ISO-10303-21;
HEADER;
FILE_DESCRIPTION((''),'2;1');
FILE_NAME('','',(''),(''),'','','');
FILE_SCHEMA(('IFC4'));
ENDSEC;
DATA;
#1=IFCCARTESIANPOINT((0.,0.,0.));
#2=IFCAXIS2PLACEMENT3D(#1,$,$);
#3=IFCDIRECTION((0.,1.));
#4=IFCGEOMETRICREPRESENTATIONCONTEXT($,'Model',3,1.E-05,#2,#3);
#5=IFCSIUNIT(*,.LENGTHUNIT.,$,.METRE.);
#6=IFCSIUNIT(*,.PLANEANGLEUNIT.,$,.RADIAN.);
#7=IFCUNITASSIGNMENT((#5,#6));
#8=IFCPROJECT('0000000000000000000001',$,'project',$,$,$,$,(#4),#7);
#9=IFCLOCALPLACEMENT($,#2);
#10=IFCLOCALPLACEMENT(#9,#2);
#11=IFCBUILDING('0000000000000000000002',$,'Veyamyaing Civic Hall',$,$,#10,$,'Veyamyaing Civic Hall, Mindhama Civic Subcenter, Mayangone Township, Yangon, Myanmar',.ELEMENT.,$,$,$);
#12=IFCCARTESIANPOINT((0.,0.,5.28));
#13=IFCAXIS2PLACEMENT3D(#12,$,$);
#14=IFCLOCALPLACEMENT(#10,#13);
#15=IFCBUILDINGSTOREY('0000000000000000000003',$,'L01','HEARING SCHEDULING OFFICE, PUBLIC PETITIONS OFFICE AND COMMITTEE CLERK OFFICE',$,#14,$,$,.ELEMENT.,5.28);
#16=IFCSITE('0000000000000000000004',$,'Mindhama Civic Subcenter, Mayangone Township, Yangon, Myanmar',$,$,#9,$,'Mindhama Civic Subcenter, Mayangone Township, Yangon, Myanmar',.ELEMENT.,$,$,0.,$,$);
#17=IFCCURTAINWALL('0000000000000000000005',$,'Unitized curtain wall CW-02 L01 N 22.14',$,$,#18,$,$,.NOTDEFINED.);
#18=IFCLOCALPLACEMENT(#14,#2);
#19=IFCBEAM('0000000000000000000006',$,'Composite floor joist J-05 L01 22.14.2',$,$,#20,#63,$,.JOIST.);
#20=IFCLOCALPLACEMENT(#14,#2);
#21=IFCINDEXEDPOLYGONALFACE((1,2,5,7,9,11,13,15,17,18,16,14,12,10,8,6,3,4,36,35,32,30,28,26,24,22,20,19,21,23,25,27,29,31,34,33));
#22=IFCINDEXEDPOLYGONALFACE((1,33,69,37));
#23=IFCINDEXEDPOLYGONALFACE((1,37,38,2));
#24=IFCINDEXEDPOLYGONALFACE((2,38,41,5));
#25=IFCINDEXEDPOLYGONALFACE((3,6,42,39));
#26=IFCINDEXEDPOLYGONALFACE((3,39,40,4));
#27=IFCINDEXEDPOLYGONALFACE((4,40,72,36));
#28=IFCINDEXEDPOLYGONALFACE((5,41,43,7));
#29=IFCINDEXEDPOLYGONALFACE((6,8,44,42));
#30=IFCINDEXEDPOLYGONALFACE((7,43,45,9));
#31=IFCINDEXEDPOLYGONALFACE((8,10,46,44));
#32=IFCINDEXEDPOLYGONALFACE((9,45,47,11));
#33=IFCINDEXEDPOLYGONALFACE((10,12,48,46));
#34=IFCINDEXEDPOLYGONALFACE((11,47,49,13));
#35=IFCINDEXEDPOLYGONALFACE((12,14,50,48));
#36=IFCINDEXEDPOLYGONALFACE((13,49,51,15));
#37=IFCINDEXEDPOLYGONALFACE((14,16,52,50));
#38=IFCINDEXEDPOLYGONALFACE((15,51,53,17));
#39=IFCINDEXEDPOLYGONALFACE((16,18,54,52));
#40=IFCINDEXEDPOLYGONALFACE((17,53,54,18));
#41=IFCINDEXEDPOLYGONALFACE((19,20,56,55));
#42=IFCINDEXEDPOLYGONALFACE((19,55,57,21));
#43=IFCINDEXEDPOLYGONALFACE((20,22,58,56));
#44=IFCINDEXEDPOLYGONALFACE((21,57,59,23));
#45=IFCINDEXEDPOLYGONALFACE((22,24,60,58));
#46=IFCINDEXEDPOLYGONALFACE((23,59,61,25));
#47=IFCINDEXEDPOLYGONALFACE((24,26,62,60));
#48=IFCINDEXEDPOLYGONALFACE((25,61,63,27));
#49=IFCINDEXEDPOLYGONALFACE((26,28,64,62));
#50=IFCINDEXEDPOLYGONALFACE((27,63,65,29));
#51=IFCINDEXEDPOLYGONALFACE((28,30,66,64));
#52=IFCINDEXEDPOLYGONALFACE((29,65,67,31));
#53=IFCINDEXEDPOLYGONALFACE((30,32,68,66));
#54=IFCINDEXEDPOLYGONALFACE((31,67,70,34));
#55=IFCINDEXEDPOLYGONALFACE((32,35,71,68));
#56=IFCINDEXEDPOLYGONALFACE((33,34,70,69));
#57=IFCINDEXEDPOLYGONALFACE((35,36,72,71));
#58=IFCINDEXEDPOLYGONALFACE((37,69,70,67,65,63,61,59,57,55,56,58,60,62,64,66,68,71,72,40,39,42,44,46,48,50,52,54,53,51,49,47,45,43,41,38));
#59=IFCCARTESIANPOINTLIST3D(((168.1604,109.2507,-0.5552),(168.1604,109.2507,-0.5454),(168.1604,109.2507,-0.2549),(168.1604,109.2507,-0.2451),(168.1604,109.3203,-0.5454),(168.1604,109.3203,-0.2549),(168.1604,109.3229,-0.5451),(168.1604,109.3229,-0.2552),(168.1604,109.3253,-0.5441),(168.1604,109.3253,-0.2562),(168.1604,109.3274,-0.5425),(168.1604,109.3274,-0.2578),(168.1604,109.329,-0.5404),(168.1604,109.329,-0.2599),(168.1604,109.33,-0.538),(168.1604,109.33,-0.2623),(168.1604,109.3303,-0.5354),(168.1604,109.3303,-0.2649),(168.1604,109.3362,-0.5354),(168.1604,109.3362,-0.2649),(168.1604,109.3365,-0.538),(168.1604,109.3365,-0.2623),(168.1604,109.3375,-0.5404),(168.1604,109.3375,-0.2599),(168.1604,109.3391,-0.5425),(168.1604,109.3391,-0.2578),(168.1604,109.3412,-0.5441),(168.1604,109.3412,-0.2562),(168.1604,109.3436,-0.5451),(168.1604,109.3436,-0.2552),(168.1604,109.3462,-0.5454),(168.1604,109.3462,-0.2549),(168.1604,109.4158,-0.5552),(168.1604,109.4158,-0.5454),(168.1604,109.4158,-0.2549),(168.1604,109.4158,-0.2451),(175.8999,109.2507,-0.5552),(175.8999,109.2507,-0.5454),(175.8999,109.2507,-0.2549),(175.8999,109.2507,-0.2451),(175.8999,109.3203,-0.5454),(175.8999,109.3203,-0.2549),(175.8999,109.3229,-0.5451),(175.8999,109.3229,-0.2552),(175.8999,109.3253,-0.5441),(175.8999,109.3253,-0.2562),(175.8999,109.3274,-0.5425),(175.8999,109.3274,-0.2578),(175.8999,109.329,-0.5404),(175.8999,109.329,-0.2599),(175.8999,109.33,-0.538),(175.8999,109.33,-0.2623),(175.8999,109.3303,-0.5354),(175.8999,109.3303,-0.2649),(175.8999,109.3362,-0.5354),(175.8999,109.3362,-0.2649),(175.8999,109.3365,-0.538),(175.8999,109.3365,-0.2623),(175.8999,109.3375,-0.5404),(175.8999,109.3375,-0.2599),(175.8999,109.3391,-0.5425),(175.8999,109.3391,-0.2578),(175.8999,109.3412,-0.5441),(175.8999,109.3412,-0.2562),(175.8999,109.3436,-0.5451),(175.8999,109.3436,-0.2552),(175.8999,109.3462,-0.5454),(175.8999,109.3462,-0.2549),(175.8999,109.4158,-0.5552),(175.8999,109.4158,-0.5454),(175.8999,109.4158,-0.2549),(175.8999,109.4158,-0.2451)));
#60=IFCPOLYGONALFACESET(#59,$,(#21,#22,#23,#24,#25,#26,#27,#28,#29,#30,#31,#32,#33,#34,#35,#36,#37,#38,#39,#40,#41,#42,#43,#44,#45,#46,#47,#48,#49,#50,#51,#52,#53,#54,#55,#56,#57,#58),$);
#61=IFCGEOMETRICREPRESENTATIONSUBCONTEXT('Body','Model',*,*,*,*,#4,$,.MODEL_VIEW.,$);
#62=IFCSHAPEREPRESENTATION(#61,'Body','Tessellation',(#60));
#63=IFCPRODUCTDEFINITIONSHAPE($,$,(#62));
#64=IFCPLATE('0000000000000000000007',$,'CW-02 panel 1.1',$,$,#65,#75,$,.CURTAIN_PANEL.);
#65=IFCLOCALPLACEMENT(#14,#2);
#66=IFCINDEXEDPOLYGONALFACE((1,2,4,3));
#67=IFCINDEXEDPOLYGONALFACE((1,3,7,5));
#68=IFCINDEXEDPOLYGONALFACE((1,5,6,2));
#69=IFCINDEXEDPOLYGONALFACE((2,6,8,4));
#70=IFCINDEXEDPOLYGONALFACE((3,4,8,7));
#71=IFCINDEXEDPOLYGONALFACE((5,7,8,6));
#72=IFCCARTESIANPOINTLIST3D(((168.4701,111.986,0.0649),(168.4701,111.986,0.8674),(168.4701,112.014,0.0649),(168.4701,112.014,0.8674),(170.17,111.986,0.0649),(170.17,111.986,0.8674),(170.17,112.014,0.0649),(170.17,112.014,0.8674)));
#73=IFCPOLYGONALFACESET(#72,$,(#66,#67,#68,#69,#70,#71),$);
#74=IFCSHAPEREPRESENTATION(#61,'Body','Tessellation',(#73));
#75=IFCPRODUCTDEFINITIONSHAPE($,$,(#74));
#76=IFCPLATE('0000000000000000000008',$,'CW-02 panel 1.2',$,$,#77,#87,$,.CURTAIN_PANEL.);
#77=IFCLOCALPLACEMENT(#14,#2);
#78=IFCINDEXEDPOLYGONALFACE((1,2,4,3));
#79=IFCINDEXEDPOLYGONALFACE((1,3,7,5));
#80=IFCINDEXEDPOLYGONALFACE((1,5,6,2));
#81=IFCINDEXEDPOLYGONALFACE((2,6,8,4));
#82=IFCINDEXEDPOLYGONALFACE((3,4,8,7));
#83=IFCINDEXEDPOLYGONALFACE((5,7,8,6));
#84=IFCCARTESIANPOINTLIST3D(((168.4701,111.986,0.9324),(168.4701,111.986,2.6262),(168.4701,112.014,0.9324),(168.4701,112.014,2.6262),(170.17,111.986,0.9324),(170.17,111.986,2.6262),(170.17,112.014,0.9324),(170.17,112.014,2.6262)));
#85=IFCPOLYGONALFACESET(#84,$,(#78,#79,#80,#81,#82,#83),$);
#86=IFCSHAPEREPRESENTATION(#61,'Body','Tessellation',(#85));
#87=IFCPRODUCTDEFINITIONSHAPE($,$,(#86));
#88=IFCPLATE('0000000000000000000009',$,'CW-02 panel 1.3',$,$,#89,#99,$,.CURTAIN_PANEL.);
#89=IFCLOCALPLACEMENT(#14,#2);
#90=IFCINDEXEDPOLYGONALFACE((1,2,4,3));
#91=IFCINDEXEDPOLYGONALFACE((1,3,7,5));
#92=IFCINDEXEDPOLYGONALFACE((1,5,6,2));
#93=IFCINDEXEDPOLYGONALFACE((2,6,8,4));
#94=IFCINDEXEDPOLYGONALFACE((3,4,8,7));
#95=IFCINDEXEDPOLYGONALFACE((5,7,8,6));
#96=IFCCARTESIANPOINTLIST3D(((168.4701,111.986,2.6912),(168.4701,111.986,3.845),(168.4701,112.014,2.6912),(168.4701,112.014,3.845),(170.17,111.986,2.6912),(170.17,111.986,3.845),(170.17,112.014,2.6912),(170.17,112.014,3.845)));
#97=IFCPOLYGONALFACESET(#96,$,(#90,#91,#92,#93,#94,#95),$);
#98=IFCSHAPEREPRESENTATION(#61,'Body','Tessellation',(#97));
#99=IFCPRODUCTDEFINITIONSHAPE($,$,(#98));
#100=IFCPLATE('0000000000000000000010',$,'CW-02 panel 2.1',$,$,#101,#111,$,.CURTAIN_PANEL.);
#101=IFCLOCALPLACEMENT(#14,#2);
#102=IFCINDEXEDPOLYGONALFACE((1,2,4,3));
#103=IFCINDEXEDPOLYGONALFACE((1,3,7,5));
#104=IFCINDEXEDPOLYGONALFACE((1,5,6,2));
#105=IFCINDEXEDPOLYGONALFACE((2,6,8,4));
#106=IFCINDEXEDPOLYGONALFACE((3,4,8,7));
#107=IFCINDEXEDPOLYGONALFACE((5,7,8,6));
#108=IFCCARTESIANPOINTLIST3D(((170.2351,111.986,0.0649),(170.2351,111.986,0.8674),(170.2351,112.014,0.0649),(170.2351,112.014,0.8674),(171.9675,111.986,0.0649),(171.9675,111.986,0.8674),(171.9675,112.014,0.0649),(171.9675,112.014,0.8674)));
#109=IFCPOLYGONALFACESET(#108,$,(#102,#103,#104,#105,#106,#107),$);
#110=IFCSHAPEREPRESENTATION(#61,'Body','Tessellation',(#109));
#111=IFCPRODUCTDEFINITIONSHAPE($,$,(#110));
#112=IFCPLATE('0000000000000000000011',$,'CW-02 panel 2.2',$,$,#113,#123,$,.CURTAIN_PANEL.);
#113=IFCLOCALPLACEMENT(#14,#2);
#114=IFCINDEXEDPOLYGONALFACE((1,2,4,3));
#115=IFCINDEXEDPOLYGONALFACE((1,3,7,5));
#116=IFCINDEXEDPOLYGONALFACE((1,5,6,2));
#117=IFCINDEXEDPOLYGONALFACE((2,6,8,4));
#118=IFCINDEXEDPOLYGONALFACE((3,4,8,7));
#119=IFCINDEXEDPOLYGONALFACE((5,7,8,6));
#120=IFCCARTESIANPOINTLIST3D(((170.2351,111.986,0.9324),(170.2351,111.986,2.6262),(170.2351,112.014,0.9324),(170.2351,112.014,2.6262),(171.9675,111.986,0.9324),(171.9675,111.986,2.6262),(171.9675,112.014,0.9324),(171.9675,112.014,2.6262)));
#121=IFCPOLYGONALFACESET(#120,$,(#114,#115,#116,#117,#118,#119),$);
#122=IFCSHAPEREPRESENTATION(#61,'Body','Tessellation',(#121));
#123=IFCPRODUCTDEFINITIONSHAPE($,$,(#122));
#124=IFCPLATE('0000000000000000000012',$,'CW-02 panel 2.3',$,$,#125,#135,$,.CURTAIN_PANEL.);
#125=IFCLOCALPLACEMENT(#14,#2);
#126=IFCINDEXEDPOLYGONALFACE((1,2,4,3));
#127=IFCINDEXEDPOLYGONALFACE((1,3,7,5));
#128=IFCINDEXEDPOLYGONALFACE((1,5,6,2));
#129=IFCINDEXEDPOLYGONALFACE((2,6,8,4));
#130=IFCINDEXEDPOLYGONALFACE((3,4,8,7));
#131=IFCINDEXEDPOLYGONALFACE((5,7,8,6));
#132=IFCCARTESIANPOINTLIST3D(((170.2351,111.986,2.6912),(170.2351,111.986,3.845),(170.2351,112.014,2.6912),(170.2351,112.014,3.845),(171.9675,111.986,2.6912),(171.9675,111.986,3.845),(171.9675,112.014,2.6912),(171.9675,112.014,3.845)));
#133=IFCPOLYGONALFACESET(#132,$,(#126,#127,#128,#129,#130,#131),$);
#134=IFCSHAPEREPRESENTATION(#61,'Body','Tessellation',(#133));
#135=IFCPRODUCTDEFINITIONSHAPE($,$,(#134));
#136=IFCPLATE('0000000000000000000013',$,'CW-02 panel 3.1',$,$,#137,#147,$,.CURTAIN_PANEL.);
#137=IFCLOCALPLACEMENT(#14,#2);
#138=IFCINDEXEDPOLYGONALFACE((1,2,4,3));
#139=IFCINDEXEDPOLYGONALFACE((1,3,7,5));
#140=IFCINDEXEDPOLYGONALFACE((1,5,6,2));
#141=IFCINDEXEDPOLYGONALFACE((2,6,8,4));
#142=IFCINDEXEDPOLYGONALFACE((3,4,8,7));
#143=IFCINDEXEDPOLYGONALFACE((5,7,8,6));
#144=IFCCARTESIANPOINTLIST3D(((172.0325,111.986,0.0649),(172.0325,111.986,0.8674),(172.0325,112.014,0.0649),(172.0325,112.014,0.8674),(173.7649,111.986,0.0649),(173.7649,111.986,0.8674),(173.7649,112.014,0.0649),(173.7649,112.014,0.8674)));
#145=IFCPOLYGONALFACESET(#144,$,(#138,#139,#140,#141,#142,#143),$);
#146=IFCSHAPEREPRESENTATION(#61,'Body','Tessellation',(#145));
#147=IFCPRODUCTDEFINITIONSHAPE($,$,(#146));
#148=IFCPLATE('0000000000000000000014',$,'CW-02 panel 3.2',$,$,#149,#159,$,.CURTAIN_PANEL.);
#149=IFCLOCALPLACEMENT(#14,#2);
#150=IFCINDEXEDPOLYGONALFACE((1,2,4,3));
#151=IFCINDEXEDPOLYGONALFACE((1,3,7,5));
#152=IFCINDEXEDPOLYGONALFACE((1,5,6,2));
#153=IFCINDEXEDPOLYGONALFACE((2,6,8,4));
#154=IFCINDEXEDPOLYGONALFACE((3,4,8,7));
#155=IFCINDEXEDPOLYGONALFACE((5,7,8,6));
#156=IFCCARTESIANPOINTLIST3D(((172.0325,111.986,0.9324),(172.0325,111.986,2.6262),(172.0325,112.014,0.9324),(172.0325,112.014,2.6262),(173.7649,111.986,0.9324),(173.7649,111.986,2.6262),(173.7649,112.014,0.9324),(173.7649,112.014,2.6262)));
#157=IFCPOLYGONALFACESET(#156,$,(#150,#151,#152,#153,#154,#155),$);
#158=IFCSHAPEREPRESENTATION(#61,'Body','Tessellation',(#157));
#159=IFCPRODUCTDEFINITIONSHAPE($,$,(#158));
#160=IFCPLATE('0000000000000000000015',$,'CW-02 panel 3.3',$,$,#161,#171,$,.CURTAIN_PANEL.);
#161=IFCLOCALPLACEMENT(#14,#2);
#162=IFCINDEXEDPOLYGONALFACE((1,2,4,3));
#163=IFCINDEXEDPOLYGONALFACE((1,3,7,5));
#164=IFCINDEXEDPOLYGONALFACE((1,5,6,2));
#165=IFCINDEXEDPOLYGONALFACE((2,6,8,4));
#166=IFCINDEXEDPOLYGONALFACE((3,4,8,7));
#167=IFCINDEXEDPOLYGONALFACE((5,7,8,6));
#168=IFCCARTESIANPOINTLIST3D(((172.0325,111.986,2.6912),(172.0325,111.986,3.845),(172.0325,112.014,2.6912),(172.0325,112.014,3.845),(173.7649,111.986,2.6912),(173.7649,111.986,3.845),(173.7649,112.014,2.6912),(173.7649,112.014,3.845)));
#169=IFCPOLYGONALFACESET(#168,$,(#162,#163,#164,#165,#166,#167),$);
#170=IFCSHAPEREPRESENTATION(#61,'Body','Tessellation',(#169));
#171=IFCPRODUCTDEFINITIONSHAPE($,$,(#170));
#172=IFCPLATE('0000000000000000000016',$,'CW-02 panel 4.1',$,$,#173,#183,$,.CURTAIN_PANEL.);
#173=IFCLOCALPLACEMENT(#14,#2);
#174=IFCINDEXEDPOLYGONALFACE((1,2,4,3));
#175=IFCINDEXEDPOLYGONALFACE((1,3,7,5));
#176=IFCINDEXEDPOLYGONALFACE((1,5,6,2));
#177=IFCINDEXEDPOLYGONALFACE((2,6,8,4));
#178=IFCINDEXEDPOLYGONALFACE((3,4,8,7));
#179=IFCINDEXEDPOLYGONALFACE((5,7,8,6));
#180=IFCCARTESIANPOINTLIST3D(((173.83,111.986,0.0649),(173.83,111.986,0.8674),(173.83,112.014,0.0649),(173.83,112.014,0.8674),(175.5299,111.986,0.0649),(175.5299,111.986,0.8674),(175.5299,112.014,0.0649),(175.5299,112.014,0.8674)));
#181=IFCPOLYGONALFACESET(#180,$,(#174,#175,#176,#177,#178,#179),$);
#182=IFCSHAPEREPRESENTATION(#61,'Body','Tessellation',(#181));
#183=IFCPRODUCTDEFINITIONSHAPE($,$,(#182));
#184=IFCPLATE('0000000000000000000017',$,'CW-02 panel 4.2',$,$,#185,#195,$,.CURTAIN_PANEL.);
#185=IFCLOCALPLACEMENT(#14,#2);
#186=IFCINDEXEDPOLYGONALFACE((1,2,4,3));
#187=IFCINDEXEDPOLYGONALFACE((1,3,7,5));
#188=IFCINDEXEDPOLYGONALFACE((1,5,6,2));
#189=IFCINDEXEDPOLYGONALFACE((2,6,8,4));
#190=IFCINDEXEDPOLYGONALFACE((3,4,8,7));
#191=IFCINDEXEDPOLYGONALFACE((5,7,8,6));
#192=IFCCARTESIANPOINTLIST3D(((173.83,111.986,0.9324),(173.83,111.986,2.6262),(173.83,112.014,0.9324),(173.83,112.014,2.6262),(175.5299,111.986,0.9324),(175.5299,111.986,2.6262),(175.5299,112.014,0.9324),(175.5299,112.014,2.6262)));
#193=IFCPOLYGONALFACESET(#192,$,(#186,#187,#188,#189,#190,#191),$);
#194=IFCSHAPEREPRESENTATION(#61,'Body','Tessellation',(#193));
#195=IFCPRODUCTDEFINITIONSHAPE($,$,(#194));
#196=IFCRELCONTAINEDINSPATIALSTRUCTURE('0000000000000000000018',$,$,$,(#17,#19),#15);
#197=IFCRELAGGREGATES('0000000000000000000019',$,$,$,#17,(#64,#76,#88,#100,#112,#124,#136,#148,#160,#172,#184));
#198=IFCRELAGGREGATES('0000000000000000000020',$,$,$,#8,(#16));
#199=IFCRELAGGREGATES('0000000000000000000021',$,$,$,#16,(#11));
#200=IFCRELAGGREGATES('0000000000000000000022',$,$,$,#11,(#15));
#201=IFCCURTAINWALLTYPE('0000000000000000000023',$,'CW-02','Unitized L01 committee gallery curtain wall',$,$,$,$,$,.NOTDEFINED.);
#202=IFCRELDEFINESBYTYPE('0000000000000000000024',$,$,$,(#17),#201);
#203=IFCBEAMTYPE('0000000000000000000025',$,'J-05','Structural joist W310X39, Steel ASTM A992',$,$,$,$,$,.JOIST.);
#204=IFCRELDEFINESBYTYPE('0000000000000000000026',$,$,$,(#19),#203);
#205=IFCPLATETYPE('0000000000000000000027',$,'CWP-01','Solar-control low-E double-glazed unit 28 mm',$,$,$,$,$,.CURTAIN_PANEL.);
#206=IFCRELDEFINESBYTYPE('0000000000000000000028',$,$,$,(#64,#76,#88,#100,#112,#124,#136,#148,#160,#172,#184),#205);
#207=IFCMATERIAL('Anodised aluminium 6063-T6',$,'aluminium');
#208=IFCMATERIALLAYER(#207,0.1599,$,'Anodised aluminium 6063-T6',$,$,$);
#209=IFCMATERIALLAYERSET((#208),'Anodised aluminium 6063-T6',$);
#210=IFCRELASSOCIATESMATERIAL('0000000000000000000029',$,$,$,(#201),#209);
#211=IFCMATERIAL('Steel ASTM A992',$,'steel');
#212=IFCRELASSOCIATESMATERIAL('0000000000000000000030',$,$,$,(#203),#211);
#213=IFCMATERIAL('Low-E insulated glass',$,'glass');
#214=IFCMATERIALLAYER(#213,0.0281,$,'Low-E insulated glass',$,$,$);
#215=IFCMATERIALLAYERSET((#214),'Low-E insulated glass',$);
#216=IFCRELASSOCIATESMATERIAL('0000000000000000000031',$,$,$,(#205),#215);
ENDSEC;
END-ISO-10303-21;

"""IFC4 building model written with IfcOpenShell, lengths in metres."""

from ifc_helpers import new_model, si_unit, direction, frame, origin, origin_2d, place, context, subcontext, project, spatial, rectangle, i_section, extrude, material, layer, layer_set, material_profile, profile_set, type_object, element, aggregate, save


model = new_model("IFC4")

# Units and contexts
model_context = context("Model", 3, precision=1e-05, world=origin(), true_north=direction((0.0, 1.0)))
body_context = subcontext(model_context, "Body", "Model", "MODEL_VIEW")
ifc_project = project(units=[si_unit("LENGTHUNIT", "METRE"), si_unit("PLANEANGLEUNIT", "RADIAN")], contexts=[model_context])

# Site, building, storey
site_placement = place(None, origin())
site = spatial("IfcSite", under=ifc_project, at=site_placement, Name="Mindhama Civic Subcenter, Mayangone Township, Yangon, Myanmar", LongName="Mindhama Civic Subcenter, Mayangone Township, Yangon, Myanmar", CompositionType="ELEMENT", RefElevation=0.0)
building_placement = place(site_placement, origin())
building = spatial("IfcBuilding", under=site, at=building_placement, Name="Veyamyaing Civic Hall", LongName="Veyamyaing Civic Hall, Mindhama Civic Subcenter, Mayangone Township, Yangon, Myanmar", CompositionType="ELEMENT")
storey_placement = place(building_placement, frame((0.0, 0.0, 5.28)))
storey = spatial("IfcBuildingStorey", under=building, at=storey_placement, Name="L01", Description="HEARING SCHEDULING OFFICE, PUBLIC PETITIONS OFFICE AND COMMITTEE CLERK OFFICE", CompositionType="ELEMENT", Elevation=5.28)

# Shared definitions
ifc_material_1 = material(Name="Steel ASTM A992", Category="steel")

# Curtain wall
ifc_material_2 = material(Name="Anodised aluminium 6063-T6", Category="aluminium")
ifc_layer_1 = layer(ifc_material_2, 0.1599, Name="Anodised aluminium 6063-T6")
ifc_layer_set_1 = layer_set([ifc_layer_1], Name="Anodised aluminium 6063-T6")
curtain_wall_type = type_object("IfcCurtainWallType", Name="CW-02", Description="Unitized L01 committee gallery curtain wall", PredefinedType="NOTDEFINED", material=ifc_layer_set_1)
curtain_wall_placement = place(storey_placement, origin())
curtain_wall = element("IfcCurtainWall", 1, at=curtain_wall_placement, inside=storey, type_object=curtain_wall_type, Name="Unitized curtain wall CW-02 L01 N 22.14", PredefinedType="NOTDEFINED")

# Beam
ifc_material_profile_1 = material_profile(ifc_material_1, i_section(OverallWidth=0.165, OverallDepth=0.3101, WebThickness=0.0059, FlangeThickness=0.0098, FilletRadius=0.01, at=origin_2d()), Name="W310X39")
ifc_profile_set_1 = profile_set([ifc_material_profile_1], Name="Steel ASTM A992")
beam_type_1 = type_object("IfcBeamType", Name="J-05", Description="Structural joist W310X39, Steel ASTM A992", PredefinedType="JOIST", material=ifc_profile_set_1)
for number, where, z_axis, x_axis, name in (
    (2, (168.1604, 109.3333, -0.4001), (1.0, 0.0, 0.0), (0.0, 1.0, 0.0), "Composite floor joist J-05 L01 22.14.2"),
):
    element("IfcBeam", number, at=place(storey_placement, frame(where, z_axis=z_axis, x_axis=x_axis)), inside=storey, type_object=beam_type_1, Name=name, PredefinedType="JOIST", context=body_context, shape_type="SweptSolid", body=[
        extrude(i_section(OverallWidth=0.165, OverallDepth=0.3101, WebThickness=0.0059, FlangeThickness=0.0098, FilletRadius=0.01, at=origin_2d()), origin(), (0.0, 0.0, 1.0), 7.7395),
    ])

# Plates
ifc_material_3 = material(Name="Low-E insulated glass", Category="glass")
ifc_layer_2 = layer(ifc_material_3, 0.0281, Name="Low-E insulated glass")
ifc_layer_set_2 = layer_set([ifc_layer_2], Name="Low-E insulated glass")
plate_type = type_object("IfcPlateType", Name="CWP-01", Description="Solar-control low-E double-glazed unit 28 mm", PredefinedType="CURTAIN_PANEL", material=ifc_layer_set_2)
plate_1_placement = place(storey_placement, frame((169.3201, 112.0, 0.0649), z_axis=(0.0, 0.0, 1.0), x_axis=(1.0, 0.0, 0.0)))
plate_1 = element("IfcPlate", 3, at=plate_1_placement, type_object=plate_type, Name="CW-02 panel 1.1", PredefinedType="CURTAIN_PANEL", context=body_context, shape_type="SweptSolid", body=[
    extrude(rectangle(XDim=1.7, YDim=0.0281, at=origin_2d()), origin(), (0.0, 0.0, 1.0), 0.8025),
])
plate_2_placement = place(storey_placement, frame((169.3201, 112.0, 0.9324), z_axis=(0.0, 0.0, 1.0), x_axis=(1.0, 0.0, 0.0)))
plate_2 = element("IfcPlate", 4, at=plate_2_placement, type_object=plate_type, Name="CW-02 panel 1.2", PredefinedType="CURTAIN_PANEL", context=body_context, shape_type="SweptSolid", body=[
    extrude(rectangle(XDim=1.7, YDim=0.0281, at=origin_2d()), origin(), (0.0, 0.0, 1.0), 1.6938),
])
plate_3_placement = place(storey_placement, frame((169.3201, 112.0, 2.6912), z_axis=(0.0, 0.0, 1.0), x_axis=(1.0, 0.0, 0.0)))
plate_3 = element("IfcPlate", 5, at=plate_3_placement, type_object=plate_type, Name="CW-02 panel 1.3", PredefinedType="CURTAIN_PANEL", context=body_context, shape_type="SweptSolid", body=[
    extrude(rectangle(XDim=1.7, YDim=0.0281, at=origin_2d()), origin(), (0.0, 0.0, 1.0), 1.1538),
])
plate_4_placement = place(storey_placement, frame((171.1013, 112.0, 0.0649), z_axis=(0.0, 0.0, 1.0), x_axis=(1.0, 0.0, 0.0)))
plate_4 = element("IfcPlate", 6, at=plate_4_placement, type_object=plate_type, Name="CW-02 panel 2.1", PredefinedType="CURTAIN_PANEL", context=body_context, shape_type="SweptSolid", body=[
    extrude(rectangle(XDim=1.7324, YDim=0.0281, at=origin_2d()), origin(), (0.0, 0.0, 1.0), 0.8025),
])
plate_5_placement = place(storey_placement, frame((171.1013, 112.0, 0.9324), z_axis=(0.0, 0.0, 1.0), x_axis=(1.0, 0.0, 0.0)))
plate_5 = element("IfcPlate", 7, at=plate_5_placement, type_object=plate_type, Name="CW-02 panel 2.2", PredefinedType="CURTAIN_PANEL", context=body_context, shape_type="SweptSolid", body=[
    extrude(rectangle(XDim=1.7324, YDim=0.0281, at=origin_2d()), origin(), (0.0, 0.0, 1.0), 1.6938),
])
plate_6_placement = place(storey_placement, frame((171.1013, 112.0, 2.6912), z_axis=(0.0, 0.0, 1.0), x_axis=(1.0, 0.0, 0.0)))
plate_6 = element("IfcPlate", 8, at=plate_6_placement, type_object=plate_type, Name="CW-02 panel 2.3", PredefinedType="CURTAIN_PANEL", context=body_context, shape_type="SweptSolid", body=[
    extrude(rectangle(XDim=1.7324, YDim=0.0281, at=origin_2d()), origin(), (0.0, 0.0, 1.0), 1.1538),
])
plate_7_placement = place(storey_placement, frame((172.8987, 112.0, 0.0649), z_axis=(0.0, 0.0, 1.0), x_axis=(1.0, 0.0, 0.0)))
plate_7 = element("IfcPlate", 9, at=plate_7_placement, type_object=plate_type, Name="CW-02 panel 3.1", PredefinedType="CURTAIN_PANEL", context=body_context, shape_type="SweptSolid", body=[
    extrude(rectangle(XDim=1.7324, YDim=0.0281, at=origin_2d()), origin(), (0.0, 0.0, 1.0), 0.8025),
])
plate_8_placement = place(storey_placement, frame((172.8987, 112.0, 0.9324), z_axis=(0.0, 0.0, 1.0), x_axis=(1.0, 0.0, 0.0)))
plate_8 = element("IfcPlate", 10, at=plate_8_placement, type_object=plate_type, Name="CW-02 panel 3.2", PredefinedType="CURTAIN_PANEL", context=body_context, shape_type="SweptSolid", body=[
    extrude(rectangle(XDim=1.7324, YDim=0.0281, at=origin_2d()), origin(), (0.0, 0.0, 1.0), 1.6938),
])
plate_9_placement = place(storey_placement, frame((172.8987, 112.0, 2.6912), z_axis=(0.0, 0.0, 1.0), x_axis=(1.0, 0.0, 0.0)))
plate_9 = element("IfcPlate", 11, at=plate_9_placement, type_object=plate_type, Name="CW-02 panel 3.3", PredefinedType="CURTAIN_PANEL", context=body_context, shape_type="SweptSolid", body=[
    extrude(rectangle(XDim=1.7324, YDim=0.0281, at=origin_2d()), origin(), (0.0, 0.0, 1.0), 1.1538),
])
plate_10_placement = place(storey_placement, frame((174.6799, 112.0, 0.0649), z_axis=(0.0, 0.0, 1.0), x_axis=(1.0, 0.0, 0.0)))
plate_10 = element("IfcPlate", 12, at=plate_10_placement, type_object=plate_type, Name="CW-02 panel 4.1", PredefinedType="CURTAIN_PANEL", context=body_context, shape_type="SweptSolid", body=[
    extrude(rectangle(XDim=1.7, YDim=0.0281, at=origin_2d()), origin(), (0.0, 0.0, 1.0), 0.8025),
])
plate_11_placement = place(storey_placement, frame((174.6799, 112.0, 0.9324), z_axis=(0.0, 0.0, 1.0), x_axis=(1.0, 0.0, 0.0)))
plate_11 = element("IfcPlate", 13, at=plate_11_placement, type_object=plate_type, Name="CW-02 panel 4.2", PredefinedType="CURTAIN_PANEL", context=body_context, shape_type="SweptSolid", body=[
    extrude(rectangle(XDim=1.7, YDim=0.0281, at=origin_2d()), origin(), (0.0, 0.0, 1.0), 1.6938),
])
aggregate(curtain_wall, [plate_1, plate_2, plate_3, plate_4, plate_5, plate_6, plate_7, plate_8, plate_9, plate_10, plate_11])

save(model, "model.ifc")
